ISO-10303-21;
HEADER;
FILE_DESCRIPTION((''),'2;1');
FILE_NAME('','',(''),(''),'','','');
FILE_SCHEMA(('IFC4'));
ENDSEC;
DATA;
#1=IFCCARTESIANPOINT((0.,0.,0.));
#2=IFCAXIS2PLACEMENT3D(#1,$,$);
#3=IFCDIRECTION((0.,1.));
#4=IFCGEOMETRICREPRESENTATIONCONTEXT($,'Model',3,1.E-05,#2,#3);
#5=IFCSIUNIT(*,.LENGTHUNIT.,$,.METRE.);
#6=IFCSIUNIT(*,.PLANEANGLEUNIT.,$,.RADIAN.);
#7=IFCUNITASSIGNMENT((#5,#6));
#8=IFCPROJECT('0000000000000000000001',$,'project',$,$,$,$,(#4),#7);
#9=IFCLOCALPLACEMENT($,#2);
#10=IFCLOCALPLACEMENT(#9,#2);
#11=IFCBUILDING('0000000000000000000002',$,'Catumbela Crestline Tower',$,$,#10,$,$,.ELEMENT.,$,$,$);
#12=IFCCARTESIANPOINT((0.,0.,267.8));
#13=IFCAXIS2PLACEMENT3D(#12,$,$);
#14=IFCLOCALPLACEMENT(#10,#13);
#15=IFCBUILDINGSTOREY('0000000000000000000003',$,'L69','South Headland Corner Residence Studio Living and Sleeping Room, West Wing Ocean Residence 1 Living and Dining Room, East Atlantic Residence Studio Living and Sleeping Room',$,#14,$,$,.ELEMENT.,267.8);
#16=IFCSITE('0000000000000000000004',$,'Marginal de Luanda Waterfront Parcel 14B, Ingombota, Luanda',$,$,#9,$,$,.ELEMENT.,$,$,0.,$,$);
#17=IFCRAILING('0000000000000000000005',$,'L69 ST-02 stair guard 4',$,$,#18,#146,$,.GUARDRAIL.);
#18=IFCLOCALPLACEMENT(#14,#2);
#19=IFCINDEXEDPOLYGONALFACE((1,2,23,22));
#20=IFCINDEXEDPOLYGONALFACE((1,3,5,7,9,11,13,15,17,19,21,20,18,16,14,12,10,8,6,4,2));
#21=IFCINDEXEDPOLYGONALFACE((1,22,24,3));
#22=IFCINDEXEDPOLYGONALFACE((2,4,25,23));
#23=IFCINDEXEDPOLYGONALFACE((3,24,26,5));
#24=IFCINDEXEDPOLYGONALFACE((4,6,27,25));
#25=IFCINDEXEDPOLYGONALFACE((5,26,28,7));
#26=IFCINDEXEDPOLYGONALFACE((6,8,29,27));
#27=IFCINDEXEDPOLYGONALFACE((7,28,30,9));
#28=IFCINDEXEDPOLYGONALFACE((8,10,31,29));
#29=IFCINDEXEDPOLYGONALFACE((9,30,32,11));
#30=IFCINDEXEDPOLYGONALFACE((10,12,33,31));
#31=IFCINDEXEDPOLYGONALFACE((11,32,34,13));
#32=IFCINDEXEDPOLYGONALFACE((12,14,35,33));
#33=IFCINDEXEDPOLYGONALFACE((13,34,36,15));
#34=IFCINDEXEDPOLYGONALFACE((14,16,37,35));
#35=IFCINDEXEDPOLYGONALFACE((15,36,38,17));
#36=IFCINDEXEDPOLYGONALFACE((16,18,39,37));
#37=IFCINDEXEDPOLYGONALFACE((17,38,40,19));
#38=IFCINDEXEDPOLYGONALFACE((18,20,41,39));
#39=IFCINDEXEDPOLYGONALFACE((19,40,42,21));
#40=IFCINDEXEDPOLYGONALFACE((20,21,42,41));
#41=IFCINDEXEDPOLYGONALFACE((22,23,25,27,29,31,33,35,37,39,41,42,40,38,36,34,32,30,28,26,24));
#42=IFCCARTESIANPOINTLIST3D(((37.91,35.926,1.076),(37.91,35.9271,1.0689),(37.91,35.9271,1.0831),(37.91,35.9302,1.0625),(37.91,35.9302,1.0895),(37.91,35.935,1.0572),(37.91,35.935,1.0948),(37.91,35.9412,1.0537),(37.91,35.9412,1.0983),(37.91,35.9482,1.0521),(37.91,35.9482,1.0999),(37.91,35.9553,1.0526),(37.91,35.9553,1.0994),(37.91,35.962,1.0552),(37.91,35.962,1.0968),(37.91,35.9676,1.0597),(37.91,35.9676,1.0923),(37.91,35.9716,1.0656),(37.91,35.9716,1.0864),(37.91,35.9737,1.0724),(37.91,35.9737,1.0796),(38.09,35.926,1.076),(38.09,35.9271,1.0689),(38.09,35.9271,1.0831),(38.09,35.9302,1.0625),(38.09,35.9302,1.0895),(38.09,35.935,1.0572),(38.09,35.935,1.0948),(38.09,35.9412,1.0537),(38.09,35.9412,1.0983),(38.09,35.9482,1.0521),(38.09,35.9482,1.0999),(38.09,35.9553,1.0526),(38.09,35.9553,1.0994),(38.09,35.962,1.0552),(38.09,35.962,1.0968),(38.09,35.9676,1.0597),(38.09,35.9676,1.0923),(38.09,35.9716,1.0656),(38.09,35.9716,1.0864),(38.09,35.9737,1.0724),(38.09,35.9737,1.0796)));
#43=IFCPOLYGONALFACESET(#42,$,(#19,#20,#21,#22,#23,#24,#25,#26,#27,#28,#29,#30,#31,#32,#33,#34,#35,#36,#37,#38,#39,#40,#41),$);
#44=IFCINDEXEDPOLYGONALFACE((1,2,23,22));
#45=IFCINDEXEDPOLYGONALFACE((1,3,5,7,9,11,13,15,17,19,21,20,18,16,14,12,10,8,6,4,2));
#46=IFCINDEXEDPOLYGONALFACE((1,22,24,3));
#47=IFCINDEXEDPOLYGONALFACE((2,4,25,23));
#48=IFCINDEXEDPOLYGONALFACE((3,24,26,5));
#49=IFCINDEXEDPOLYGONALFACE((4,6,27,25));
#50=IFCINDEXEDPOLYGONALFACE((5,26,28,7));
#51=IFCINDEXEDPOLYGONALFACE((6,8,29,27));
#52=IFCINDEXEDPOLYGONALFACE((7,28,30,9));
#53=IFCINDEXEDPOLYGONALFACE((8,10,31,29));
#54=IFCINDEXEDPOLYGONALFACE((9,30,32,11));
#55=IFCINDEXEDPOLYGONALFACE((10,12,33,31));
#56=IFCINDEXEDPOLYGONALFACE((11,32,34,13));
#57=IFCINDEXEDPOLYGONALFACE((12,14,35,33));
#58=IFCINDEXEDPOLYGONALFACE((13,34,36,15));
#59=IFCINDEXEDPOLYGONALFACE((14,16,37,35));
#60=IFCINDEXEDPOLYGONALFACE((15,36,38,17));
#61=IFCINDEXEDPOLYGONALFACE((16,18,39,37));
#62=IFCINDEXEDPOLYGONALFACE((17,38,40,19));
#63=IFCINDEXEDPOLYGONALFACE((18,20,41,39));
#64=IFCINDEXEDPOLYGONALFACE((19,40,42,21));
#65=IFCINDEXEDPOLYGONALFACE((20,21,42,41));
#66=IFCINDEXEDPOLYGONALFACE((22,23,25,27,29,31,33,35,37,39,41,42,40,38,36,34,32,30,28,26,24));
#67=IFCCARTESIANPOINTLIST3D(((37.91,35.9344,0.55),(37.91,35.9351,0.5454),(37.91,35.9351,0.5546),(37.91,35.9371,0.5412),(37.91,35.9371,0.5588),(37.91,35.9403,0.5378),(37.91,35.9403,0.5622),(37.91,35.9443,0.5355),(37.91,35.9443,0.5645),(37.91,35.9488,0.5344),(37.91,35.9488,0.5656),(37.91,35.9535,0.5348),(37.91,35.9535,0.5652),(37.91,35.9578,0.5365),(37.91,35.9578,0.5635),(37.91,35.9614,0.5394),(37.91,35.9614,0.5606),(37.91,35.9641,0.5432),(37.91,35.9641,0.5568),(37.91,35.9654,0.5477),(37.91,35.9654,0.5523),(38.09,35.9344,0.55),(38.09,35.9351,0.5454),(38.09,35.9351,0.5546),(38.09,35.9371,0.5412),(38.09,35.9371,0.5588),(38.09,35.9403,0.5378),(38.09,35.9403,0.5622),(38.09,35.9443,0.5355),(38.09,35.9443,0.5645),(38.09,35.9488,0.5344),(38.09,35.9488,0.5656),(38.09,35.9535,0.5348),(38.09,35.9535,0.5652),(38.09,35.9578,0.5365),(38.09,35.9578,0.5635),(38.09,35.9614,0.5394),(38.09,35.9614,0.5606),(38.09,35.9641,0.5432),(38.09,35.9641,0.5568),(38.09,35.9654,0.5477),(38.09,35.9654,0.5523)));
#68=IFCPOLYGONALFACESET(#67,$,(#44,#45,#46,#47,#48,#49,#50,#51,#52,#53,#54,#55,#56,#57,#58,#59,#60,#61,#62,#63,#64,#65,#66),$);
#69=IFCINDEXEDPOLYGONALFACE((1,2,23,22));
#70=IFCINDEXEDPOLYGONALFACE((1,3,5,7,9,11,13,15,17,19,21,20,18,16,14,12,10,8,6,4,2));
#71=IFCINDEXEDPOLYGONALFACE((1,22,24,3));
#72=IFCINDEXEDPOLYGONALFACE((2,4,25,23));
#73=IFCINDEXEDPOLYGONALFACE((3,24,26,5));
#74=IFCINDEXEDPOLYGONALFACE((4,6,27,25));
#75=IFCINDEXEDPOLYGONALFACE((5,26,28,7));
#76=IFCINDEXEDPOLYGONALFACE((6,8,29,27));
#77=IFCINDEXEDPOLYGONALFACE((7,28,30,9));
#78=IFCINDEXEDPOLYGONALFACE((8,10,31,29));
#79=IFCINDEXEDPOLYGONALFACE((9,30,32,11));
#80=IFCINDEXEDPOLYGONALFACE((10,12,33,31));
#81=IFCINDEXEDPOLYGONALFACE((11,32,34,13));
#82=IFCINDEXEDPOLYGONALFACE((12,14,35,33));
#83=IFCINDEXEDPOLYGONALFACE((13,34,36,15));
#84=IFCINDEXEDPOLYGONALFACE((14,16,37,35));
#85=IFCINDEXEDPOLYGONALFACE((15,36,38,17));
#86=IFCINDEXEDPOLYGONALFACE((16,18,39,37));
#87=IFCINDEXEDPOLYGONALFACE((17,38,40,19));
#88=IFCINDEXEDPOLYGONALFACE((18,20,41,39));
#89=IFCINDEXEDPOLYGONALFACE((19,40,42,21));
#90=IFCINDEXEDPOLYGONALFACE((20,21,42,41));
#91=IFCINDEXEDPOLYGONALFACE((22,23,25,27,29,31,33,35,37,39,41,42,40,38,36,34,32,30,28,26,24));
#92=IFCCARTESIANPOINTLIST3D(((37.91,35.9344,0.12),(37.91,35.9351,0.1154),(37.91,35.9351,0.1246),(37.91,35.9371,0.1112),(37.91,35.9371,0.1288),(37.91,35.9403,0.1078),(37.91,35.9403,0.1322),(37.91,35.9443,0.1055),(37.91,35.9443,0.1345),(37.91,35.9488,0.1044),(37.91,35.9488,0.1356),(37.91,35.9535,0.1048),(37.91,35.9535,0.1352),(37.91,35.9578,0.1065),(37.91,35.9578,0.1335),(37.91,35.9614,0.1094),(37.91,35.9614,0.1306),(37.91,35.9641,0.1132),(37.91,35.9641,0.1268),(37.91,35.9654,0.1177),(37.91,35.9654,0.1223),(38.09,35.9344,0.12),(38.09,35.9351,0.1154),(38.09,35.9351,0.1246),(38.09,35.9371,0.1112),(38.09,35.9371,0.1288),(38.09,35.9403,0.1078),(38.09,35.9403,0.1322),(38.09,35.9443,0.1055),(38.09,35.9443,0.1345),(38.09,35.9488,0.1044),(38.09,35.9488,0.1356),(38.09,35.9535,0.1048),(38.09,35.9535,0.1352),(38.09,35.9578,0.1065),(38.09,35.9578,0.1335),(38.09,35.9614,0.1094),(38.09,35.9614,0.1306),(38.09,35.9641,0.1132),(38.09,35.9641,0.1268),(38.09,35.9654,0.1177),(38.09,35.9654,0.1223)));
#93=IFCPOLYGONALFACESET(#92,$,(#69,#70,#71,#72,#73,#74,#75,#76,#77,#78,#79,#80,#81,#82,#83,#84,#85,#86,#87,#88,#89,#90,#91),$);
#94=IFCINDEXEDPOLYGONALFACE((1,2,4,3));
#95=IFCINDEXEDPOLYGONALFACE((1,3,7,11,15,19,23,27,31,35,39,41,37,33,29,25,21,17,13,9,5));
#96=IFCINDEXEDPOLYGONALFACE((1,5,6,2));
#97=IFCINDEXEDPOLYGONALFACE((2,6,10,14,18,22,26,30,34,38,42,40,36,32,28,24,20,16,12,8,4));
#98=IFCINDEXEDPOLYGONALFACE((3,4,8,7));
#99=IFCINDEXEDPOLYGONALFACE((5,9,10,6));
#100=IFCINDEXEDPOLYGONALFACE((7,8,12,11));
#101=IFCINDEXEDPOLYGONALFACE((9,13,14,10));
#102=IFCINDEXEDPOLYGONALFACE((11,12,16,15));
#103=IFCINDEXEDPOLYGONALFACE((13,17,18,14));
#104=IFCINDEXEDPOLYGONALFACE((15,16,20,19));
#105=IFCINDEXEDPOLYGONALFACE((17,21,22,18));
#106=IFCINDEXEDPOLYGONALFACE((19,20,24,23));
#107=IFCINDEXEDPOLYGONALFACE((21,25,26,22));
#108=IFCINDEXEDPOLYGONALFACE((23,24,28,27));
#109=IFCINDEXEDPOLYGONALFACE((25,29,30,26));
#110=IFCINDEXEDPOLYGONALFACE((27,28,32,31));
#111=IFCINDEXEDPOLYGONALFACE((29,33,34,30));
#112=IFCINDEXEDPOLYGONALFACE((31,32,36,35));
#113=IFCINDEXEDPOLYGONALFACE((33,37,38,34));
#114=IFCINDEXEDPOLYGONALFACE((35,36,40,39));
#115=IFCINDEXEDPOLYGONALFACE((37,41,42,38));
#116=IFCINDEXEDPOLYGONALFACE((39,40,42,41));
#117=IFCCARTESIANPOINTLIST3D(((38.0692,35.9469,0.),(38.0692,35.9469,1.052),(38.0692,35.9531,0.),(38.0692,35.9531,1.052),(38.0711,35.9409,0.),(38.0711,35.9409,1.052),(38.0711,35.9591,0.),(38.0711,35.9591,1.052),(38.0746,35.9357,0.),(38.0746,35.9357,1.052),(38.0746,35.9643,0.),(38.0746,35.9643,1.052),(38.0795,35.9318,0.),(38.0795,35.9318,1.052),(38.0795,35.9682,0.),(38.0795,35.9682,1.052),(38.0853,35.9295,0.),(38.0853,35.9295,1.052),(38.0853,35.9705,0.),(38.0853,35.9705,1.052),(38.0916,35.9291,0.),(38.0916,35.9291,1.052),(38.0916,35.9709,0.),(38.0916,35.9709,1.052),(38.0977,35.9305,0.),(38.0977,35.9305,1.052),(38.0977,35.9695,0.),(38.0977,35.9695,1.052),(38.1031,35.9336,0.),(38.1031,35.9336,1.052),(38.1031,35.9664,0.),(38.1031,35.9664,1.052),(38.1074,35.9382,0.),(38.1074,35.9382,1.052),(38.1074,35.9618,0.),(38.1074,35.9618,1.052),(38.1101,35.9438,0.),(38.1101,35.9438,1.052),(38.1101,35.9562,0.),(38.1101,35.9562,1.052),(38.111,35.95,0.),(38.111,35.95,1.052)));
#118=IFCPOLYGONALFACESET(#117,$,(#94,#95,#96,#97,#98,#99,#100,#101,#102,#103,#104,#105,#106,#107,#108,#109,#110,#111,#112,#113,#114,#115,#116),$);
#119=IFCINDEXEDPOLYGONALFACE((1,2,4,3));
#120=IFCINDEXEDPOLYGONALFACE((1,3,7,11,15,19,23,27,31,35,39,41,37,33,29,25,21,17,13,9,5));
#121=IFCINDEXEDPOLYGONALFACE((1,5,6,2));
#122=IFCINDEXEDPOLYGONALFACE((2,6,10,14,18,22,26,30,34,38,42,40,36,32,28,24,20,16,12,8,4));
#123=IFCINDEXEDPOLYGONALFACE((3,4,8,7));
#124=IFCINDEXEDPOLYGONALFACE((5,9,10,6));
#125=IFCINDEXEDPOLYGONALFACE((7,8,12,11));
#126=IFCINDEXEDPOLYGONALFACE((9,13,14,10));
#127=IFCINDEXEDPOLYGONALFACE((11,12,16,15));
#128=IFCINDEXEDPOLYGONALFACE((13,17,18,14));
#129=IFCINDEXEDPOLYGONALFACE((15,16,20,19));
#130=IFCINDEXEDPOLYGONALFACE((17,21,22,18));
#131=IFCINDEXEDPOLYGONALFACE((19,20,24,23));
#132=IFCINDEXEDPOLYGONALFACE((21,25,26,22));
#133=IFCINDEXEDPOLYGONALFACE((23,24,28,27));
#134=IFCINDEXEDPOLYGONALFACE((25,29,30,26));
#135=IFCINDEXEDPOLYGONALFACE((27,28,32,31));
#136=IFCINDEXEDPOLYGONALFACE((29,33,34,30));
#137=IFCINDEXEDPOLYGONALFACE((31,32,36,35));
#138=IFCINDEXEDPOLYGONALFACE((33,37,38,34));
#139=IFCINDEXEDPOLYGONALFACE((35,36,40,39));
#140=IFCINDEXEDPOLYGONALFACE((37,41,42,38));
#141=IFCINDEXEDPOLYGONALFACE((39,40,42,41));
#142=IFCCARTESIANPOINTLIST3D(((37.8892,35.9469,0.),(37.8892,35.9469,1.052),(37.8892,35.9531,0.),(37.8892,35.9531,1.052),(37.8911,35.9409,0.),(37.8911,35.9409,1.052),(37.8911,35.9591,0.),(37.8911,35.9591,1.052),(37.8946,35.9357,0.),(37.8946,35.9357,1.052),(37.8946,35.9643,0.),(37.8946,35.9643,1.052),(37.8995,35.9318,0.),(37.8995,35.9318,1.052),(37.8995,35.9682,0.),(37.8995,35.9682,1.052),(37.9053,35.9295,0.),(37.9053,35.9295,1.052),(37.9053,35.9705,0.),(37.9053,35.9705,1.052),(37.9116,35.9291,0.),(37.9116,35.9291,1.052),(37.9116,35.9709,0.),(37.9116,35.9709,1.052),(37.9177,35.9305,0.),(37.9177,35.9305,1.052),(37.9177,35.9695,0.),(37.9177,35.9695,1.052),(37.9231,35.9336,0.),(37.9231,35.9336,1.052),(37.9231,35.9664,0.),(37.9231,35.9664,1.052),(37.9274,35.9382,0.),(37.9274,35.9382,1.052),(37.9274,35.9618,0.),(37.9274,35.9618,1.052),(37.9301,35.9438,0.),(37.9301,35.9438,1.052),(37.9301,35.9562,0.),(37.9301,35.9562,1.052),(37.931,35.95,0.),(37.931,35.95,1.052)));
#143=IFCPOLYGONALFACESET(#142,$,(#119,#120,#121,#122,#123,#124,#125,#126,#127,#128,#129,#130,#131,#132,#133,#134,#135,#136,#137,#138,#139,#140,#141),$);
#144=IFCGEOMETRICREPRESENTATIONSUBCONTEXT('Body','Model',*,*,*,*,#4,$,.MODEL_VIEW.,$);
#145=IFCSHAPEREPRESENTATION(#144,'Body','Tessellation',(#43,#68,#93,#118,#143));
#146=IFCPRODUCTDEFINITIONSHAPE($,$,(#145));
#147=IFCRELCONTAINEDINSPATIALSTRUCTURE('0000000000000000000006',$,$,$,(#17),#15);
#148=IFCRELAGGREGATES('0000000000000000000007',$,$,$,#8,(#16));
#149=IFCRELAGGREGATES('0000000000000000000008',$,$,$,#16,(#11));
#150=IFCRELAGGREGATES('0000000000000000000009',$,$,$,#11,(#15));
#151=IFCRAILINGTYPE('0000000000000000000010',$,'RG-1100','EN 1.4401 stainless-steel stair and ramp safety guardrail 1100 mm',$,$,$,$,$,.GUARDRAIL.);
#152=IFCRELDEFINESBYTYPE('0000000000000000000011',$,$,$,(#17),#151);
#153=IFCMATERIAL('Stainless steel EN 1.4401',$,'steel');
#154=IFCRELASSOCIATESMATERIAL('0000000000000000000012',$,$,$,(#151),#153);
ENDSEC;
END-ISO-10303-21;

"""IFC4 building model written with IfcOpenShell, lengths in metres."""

from ifc_helpers import new_model, si_unit, direction, frame, origin, origin_2d, place, context, subcontext, project, spatial, circle, extrude, material, type_object, element, save


model = new_model("IFC4")

# Units and contexts
model_context = context("Model", 3, precision=1e-05, world=origin(), true_north=direction((0.0, 1.0)))
body_context = subcontext(model_context, "Body", "Model", "MODEL_VIEW")
ifc_project = project(units=[si_unit("LENGTHUNIT", "METRE"), si_unit("PLANEANGLEUNIT", "RADIAN")], contexts=[model_context])

# Site, building, storey
site_placement = place(None, origin())
site = spatial("IfcSite", under=ifc_project, at=site_placement, Name="Marginal de Luanda Waterfront Parcel 14B, Ingombota, Luanda", CompositionType="ELEMENT", RefElevation=0.0)
building_placement = place(site_placement, origin())
building = spatial("IfcBuilding", under=site, at=building_placement, Name="Catumbela Crestline Tower", CompositionType="ELEMENT")
storey_placement = place(building_placement, frame((0.0, 0.0, 267.8)))
storey = spatial("IfcBuildingStorey", under=building, at=storey_placement, Name="L69", Description="South Headland Corner Residence Studio Living and Sleeping Room, West Wing Ocean Residence 1 Living and Dining Room, East Atlantic Residence Studio Living and Sleeping Room", CompositionType="ELEMENT", Elevation=267.8)

# Shared definitions
ifc_material_1 = material(Name="Stainless steel EN 1.4401", Category="steel")

# Railing
railing_type_1 = type_object("IfcRailingType", Name="RG-1100", Description="EN 1.4401 stainless-steel stair and ramp safety guardrail 1100 mm", PredefinedType="GUARDRAIL", material=ifc_material_1)
railing_1_placement = place(storey_placement, frame((38.09, 35.95, 0.0)))
element("IfcRailing", 1, at=railing_1_placement, inside=storey, type_object=railing_type_1, Name="L69 ST-02 stair guard 4", PredefinedType="GUARDRAIL", context=body_context, shape_type="SweptSolid", body=[
    extrude(circle(Radius=0.024, at=origin_2d()), frame((0.0, 0.0, 1.076), z_axis=(-1.0, 0.0, 0.0), x_axis=(0.0, -1.0, 0.0)), (0.0, 0.0, 1.0), 0.18),
    extrude(circle(Radius=0.0156, at=origin_2d()), frame((0.0, 0.0, 0.55), z_axis=(-1.0, 0.0, 0.0), x_axis=(0.0, -1.0, 0.0)), (0.0, 0.0, 1.0), 0.18),
    extrude(circle(Radius=0.0156, at=origin_2d()), frame((0.0, 0.0, 0.12), z_axis=(-1.0, 0.0, 0.0), x_axis=(0.0, -1.0, 0.0)), (0.0, 0.0, 1.0), 0.18),
    extrude(circle(Radius=0.021, at=origin_2d()), origin(), (0.0, 0.0, 1.0), 1.052),
    extrude(circle(Radius=0.021, at=origin_2d()), frame((-0.18, 0.0, 0.0)), (0.0, 0.0, 1.0), 1.052),
])

save(model, "model.ifc")
